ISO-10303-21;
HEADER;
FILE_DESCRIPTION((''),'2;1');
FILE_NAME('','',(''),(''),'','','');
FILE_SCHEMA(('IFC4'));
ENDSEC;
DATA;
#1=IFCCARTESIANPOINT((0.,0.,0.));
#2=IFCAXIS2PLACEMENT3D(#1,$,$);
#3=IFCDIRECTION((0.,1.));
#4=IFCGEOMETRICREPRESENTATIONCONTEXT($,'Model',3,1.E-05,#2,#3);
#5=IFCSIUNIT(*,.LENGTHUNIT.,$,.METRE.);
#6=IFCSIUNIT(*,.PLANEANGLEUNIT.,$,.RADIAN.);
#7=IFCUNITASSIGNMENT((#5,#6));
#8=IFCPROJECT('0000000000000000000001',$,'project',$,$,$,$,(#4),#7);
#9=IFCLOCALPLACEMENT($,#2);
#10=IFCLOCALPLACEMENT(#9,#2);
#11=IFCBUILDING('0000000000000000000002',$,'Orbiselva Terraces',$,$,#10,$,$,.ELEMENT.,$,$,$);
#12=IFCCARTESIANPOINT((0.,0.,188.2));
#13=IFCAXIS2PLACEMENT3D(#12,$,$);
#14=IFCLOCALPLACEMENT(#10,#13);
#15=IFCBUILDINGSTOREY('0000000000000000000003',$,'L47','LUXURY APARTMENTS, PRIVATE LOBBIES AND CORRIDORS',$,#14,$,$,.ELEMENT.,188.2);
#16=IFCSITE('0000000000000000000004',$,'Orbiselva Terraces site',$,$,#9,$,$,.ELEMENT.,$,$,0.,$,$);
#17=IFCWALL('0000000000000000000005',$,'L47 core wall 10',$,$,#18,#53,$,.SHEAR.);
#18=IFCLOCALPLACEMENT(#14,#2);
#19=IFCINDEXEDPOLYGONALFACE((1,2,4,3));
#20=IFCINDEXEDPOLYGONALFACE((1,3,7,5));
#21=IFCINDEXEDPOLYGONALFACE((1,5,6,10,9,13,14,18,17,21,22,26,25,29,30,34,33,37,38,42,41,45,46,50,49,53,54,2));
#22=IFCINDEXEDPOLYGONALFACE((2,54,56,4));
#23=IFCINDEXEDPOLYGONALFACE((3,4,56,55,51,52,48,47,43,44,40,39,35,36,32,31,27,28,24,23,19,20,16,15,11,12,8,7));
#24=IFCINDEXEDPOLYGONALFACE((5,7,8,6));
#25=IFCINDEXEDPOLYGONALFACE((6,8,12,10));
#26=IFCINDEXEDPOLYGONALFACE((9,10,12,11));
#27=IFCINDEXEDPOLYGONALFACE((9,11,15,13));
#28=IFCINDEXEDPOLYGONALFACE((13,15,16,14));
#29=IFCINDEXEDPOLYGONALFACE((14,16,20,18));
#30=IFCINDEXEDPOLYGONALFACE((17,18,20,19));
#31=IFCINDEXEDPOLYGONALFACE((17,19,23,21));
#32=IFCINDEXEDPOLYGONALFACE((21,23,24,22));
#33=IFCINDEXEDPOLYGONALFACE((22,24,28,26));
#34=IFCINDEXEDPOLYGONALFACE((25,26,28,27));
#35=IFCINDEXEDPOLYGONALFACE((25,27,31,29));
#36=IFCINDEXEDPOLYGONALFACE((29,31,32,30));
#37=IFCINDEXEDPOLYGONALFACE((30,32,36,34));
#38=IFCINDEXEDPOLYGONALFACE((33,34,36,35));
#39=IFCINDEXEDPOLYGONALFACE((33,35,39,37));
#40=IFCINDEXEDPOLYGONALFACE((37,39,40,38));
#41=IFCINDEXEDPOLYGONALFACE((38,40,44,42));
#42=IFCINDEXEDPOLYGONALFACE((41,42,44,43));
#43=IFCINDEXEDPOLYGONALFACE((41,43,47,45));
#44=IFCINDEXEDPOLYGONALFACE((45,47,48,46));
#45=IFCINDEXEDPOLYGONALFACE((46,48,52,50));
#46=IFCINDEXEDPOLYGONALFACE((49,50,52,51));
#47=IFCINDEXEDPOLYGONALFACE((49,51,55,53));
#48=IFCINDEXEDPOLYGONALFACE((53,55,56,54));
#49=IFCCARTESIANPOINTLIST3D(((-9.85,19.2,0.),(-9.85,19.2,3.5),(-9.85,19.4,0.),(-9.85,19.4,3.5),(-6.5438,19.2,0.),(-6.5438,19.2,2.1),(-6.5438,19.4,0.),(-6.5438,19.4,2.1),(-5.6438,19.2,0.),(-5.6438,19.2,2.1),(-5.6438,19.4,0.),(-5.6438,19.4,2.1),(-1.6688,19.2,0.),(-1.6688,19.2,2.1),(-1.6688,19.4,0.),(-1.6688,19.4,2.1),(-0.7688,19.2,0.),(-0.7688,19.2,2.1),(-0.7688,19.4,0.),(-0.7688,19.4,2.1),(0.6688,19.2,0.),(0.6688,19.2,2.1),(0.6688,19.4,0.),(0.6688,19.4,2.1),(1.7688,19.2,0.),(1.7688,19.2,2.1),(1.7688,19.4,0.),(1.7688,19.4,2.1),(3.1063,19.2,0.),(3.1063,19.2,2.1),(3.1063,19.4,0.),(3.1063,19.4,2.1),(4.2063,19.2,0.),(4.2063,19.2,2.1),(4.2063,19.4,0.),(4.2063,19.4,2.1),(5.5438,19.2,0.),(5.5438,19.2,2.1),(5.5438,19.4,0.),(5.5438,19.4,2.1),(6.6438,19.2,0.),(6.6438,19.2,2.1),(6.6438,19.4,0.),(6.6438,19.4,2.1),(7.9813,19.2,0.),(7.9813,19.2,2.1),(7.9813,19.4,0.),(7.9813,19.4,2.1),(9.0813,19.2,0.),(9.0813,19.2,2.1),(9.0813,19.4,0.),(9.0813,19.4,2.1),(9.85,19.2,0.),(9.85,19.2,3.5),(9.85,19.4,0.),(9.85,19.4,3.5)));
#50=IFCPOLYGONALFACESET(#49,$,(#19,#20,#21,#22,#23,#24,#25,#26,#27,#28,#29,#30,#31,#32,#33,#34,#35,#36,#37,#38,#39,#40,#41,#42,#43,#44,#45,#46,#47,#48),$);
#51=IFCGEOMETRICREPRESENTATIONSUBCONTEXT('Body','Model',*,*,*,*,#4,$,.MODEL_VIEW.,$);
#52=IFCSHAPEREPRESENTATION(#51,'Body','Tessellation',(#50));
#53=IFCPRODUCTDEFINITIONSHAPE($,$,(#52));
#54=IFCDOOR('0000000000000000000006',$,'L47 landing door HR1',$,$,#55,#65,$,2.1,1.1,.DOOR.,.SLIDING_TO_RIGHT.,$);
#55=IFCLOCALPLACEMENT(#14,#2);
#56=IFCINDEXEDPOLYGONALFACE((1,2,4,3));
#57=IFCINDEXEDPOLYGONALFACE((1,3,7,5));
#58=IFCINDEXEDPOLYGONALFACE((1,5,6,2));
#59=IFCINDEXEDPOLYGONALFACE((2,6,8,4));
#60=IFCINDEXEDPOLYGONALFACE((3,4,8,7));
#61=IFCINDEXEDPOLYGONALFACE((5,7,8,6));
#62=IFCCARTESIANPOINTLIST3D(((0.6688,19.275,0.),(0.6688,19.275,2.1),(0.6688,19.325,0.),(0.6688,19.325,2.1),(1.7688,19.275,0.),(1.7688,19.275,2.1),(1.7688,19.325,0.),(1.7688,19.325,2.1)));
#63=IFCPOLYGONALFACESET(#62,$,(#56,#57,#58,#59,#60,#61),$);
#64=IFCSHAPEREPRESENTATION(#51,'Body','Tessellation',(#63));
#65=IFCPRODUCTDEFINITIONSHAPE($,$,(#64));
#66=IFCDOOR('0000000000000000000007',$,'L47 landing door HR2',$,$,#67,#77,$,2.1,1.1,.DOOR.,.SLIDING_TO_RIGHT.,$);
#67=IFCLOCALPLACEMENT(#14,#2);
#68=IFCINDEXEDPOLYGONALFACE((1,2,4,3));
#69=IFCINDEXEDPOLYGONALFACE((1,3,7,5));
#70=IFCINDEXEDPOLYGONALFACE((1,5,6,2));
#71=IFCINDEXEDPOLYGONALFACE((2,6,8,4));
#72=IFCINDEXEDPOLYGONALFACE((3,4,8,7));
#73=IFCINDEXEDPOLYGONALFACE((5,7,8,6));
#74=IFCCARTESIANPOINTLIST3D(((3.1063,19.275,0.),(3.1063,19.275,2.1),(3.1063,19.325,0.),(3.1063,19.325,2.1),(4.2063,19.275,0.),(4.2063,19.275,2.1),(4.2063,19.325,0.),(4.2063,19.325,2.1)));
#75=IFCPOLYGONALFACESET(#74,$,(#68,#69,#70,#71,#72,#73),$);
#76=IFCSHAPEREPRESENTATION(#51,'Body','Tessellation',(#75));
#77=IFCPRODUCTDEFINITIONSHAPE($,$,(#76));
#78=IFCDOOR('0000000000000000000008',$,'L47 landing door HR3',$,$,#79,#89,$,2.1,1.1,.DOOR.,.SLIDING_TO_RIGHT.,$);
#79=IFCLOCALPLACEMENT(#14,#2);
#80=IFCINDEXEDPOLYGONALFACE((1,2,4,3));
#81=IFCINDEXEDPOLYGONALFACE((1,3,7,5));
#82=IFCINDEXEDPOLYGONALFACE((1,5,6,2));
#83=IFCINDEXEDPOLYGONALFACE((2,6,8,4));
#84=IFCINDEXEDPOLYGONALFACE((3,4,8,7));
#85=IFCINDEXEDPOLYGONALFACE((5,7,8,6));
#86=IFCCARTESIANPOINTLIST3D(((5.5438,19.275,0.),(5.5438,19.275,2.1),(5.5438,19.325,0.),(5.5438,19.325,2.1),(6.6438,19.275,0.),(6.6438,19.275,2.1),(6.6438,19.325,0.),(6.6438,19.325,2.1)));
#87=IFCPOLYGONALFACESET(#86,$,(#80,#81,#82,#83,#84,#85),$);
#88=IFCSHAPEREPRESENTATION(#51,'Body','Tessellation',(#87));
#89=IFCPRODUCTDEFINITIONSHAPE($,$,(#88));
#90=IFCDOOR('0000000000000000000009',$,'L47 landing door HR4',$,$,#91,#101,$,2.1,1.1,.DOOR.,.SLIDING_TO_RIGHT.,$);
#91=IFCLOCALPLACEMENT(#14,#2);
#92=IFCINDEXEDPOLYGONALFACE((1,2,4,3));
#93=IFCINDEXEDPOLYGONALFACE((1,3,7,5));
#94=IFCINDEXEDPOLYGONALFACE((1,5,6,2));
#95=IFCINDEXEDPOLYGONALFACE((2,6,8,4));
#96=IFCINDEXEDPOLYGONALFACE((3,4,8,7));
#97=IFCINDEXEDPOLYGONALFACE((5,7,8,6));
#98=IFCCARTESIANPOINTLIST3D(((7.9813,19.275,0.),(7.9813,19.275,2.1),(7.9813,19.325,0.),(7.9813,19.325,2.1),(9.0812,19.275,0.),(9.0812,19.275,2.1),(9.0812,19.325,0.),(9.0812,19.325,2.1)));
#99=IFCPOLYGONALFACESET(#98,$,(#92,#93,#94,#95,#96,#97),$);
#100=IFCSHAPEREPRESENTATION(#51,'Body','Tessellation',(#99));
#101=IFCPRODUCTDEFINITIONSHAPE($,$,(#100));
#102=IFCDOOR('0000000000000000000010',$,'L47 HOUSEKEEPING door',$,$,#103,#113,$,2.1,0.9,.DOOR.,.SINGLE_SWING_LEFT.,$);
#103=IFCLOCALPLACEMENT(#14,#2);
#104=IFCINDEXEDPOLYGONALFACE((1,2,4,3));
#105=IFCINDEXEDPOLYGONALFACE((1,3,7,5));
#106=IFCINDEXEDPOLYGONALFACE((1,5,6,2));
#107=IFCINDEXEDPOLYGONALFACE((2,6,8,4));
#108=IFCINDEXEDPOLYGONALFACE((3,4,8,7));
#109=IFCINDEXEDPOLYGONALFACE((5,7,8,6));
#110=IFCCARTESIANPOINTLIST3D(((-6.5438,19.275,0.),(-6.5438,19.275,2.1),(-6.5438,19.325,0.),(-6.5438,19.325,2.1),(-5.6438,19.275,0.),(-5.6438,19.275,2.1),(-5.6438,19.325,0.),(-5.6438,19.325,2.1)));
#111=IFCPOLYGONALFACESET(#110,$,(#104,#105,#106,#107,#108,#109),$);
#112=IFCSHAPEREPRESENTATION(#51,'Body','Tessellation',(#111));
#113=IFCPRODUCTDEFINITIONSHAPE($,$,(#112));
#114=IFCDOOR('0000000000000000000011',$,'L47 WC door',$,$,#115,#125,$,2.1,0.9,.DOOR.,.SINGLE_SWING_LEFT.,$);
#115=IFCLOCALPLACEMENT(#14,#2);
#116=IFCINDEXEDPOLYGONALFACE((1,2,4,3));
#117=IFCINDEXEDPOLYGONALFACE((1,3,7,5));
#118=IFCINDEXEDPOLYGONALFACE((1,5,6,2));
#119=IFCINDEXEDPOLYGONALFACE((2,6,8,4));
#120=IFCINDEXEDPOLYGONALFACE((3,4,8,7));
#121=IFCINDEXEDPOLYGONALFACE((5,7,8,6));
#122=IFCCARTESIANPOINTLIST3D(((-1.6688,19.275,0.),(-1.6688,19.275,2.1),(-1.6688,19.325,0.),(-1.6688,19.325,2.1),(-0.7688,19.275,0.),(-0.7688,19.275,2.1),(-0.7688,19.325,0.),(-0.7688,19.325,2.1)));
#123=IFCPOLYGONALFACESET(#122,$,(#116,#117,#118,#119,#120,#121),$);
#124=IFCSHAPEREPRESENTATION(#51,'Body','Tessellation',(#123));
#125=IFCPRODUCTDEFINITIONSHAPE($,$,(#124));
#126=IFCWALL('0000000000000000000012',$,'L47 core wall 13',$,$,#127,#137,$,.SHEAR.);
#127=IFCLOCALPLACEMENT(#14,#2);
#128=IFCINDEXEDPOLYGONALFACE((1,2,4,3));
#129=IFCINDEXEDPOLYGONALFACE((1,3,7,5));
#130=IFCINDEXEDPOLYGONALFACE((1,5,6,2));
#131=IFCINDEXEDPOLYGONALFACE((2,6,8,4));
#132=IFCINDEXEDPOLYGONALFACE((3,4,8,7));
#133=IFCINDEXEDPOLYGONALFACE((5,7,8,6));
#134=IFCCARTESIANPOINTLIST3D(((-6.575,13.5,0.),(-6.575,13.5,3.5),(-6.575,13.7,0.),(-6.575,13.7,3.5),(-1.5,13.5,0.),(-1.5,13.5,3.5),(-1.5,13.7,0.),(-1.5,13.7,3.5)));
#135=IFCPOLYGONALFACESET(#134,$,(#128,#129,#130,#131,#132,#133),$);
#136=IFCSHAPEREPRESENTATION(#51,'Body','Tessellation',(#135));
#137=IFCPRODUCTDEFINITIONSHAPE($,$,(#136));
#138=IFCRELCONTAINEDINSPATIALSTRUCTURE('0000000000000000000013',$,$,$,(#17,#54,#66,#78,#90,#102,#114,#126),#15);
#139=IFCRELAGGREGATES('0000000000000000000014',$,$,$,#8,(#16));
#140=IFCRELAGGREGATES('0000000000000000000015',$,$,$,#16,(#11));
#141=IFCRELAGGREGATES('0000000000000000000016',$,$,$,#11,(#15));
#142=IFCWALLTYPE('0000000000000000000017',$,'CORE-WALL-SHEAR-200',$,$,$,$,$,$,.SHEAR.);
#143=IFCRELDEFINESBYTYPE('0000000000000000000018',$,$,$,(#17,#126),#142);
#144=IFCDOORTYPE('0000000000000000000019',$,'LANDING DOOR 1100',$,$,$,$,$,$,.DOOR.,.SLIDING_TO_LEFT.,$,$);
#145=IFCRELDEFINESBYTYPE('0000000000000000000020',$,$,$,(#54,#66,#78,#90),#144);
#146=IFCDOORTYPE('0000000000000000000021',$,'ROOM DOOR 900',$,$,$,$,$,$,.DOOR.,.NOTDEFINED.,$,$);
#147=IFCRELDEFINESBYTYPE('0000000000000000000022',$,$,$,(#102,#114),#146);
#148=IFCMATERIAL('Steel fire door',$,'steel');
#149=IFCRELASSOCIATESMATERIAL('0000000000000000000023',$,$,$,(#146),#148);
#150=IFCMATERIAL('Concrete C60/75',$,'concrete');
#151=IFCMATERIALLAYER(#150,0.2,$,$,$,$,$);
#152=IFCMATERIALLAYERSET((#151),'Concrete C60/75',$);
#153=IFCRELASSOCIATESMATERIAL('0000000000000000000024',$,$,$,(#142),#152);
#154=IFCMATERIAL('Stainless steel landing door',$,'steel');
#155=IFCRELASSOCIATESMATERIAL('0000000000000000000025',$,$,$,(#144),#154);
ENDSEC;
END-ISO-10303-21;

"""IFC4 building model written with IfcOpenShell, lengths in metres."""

from ifc_helpers import new_model, si_unit, direction, frame, frame_2d, origin, place, context, subcontext, project, spatial, rectangle, extrude, material, layer, layer_set, type_object, element, fill, save


model = new_model("IFC4")

# Units and contexts
model_context = context("Model", 3, precision=1e-05, world=origin(), true_north=direction((0.0, 1.0)))
body_context = subcontext(model_context, "Body", "Model", "MODEL_VIEW")
ifc_project = project(units=[si_unit("LENGTHUNIT", "METRE"), si_unit("PLANEANGLEUNIT", "RADIAN")], contexts=[model_context])

# Site, building, storey
site_placement = place(None, origin())
site = spatial("IfcSite", under=ifc_project, at=site_placement, Name="Orbiselva Terraces site", CompositionType="ELEMENT", RefElevation=0.0)
building_placement = place(site_placement, origin())
building = spatial("IfcBuilding", under=site, at=building_placement, Name="Orbiselva Terraces", CompositionType="ELEMENT")
storey_placement = place(building_placement, frame((0.0, 0.0, 188.2)))
storey = spatial("IfcBuildingStorey", under=building, at=storey_placement, Name="L47", Description="LUXURY APARTMENTS, PRIVATE LOBBIES AND CORRIDORS", CompositionType="ELEMENT", Elevation=188.2)

# Shared definitions
ifc_material_1 = material(Name="Steel fire door", Category="steel")
door_type_1 = type_object("IfcDoorType", Name="ROOM DOOR 900", OperationType="NOTDEFINED", PredefinedType="DOOR", material=ifc_material_1)

# Shared definitions
ifc_material_2 = material(Name="Concrete C60/75", Category="concrete")
ifc_layer_1 = layer(ifc_material_2, 0.2)
ifc_layer_set_1 = layer_set([ifc_layer_1], Name="Concrete C60/75")
wall_type_1 = type_object("IfcWallType", Name="CORE-WALL-SHEAR-200", PredefinedType="SHEAR", material=ifc_layer_set_1)

# Wall, openings, doors
wall_1_placement = place(storey_placement, frame((-9.85, 19.3, 0.0), z_axis=(0.0, 0.0, 1.0), x_axis=(1.0, 0.0, 0.0)))
wall_1 = element("IfcWall", 1, at=wall_1_placement, inside=storey, type_object=wall_type_1, Name="L47 core wall 10", PredefinedType="SHEAR", context=body_context, shape_type="SweptSolid", body=[
    extrude(rectangle(XDim=19.7, YDim=0.2, at=frame_2d((9.85, 0.0))), origin(), (0.0, 0.0, 1.0), 3.5),
])
opening_1_placement = place(wall_1_placement, frame((10.5188, 0.0, 0.0)))
opening_1 = element("IfcOpeningElement", 2, at=opening_1_placement, cuts=wall_1, PredefinedType="OPENING", context=body_context, shape_type="SweptSolid", body=[
    extrude(rectangle(XDim=1.1, YDim=2.1, at=frame_2d((0.55, 1.05))), frame((0.0, 0.11, 0.0), z_axis=(0.0, -1.0, 0.0), x_axis=(1.0, 0.0, 0.0)), (0.0, 0.0, 1.0), 0.22),
])
opening_2_placement = place(wall_1_placement, frame((12.9563, 0.0, 0.0)))
opening_2 = element("IfcOpeningElement", 3, at=opening_2_placement, cuts=wall_1, PredefinedType="OPENING", context=body_context, shape_type="SweptSolid", body=[
    extrude(rectangle(XDim=1.1, YDim=2.1, at=frame_2d((0.55, 1.05))), frame((0.0, 0.11, 0.0), z_axis=(0.0, -1.0, 0.0), x_axis=(1.0, 0.0, 0.0)), (0.0, 0.0, 1.0), 0.22),
])
opening_3_placement = place(wall_1_placement, frame((15.3938, 0.0, 0.0)))
opening_3 = element("IfcOpeningElement", 4, at=opening_3_placement, cuts=wall_1, PredefinedType="OPENING", context=body_context, shape_type="SweptSolid", body=[
    extrude(rectangle(XDim=1.1, YDim=2.1, at=frame_2d((0.55, 1.05))), frame((0.0, 0.11, 0.0), z_axis=(0.0, -1.0, 0.0), x_axis=(1.0, 0.0, 0.0)), (0.0, 0.0, 1.0), 0.22),
])
opening_4_placement = place(wall_1_placement, frame((17.8313, 0.0, 0.0)))
opening_4 = element("IfcOpeningElement", 5, at=opening_4_placement, cuts=wall_1, PredefinedType="OPENING", context=body_context, shape_type="SweptSolid", body=[
    extrude(rectangle(XDim=1.1, YDim=2.1, at=frame_2d((0.55, 1.05))), frame((0.0, 0.11, 0.0), z_axis=(0.0, -1.0, 0.0), x_axis=(1.0, 0.0, 0.0)), (0.0, 0.0, 1.0), 0.22),
])
opening_5_placement = place(wall_1_placement, frame((3.3062, 0.0, 0.0)))
opening_5 = element("IfcOpeningElement", 6, at=opening_5_placement, cuts=wall_1, PredefinedType="OPENING", context=body_context, shape_type="SweptSolid", body=[
    extrude(rectangle(XDim=0.9, YDim=2.1, at=frame_2d((0.45, 1.05))), frame((0.0, 0.11, 0.0), z_axis=(0.0, -1.0, 0.0), x_axis=(1.0, 0.0, 0.0)), (0.0, 0.0, 1.0), 0.22),
])
opening_6_placement = place(wall_1_placement, frame((8.1812, 0.0, 0.0)))
opening_6 = element("IfcOpeningElement", 7, at=opening_6_placement, cuts=wall_1, PredefinedType="OPENING", context=body_context, shape_type="SweptSolid", body=[
    extrude(rectangle(XDim=0.9, YDim=2.1, at=frame_2d((0.45, 1.05))), frame((0.0, 0.11, 0.0), z_axis=(0.0, -1.0, 0.0), x_axis=(1.0, 0.0, 0.0)), (0.0, 0.0, 1.0), 0.22),
])
ifc_material_3 = material(Name="Stainless steel landing door", Category="steel")
door_type_2 = type_object("IfcDoorType", Name="LANDING DOOR 1100", OperationType="SLIDING_TO_LEFT", PredefinedType="DOOR", material=ifc_material_3)
door_1_placement = place(opening_1_placement, origin())
door_1 = element("IfcDoor", 8, at=door_1_placement, inside=storey, type_object=door_type_2, Name="L47 landing door HR1", OperationType="SLIDING_TO_RIGHT", OverallHeight=2.1, OverallWidth=1.1, PredefinedType="DOOR", context=body_context, shape_type="SweptSolid", body=[
    extrude(rectangle(XDim=1.1, YDim=2.1, at=frame_2d((0.55, 1.05))), frame((0.0, 0.025, 0.0), z_axis=(0.0, -1.0, 0.0), x_axis=(1.0, 0.0, 0.0)), (0.0, 0.0, 1.0), 0.05),
])
fill(opening_1, door_1)
door_2_placement = place(opening_2_placement, origin())
door_2 = element("IfcDoor", 9, at=door_2_placement, inside=storey, type_object=door_type_2, Name="L47 landing door HR2", OperationType="SLIDING_TO_RIGHT", OverallHeight=2.1, OverallWidth=1.1, PredefinedType="DOOR", context=body_context, shape_type="SweptSolid", body=[
    extrude(rectangle(XDim=1.1, YDim=2.1, at=frame_2d((0.55, 1.05))), frame((0.0, 0.025, 0.0), z_axis=(0.0, -1.0, 0.0), x_axis=(1.0, 0.0, 0.0)), (0.0, 0.0, 1.0), 0.05),
])
fill(opening_2, door_2)
door_3_placement = place(opening_3_placement, origin())
door_3 = element("IfcDoor", 10, at=door_3_placement, inside=storey, type_object=door_type_2, Name="L47 landing door HR3", OperationType="SLIDING_TO_RIGHT", OverallHeight=2.1, OverallWidth=1.1, PredefinedType="DOOR", context=body_context, shape_type="SweptSolid", body=[
    extrude(rectangle(XDim=1.1, YDim=2.1, at=frame_2d((0.55, 1.05))), frame((0.0, 0.025, 0.0), z_axis=(0.0, -1.0, 0.0), x_axis=(1.0, 0.0, 0.0)), (0.0, 0.0, 1.0), 0.05),
])
fill(opening_3, door_3)
door_4_placement = place(opening_4_placement, origin())
door_4 = element("IfcDoor", 11, at=door_4_placement, inside=storey, type_object=door_type_2, Name="L47 landing door HR4", OperationType="SLIDING_TO_RIGHT", OverallHeight=2.1, OverallWidth=1.1, PredefinedType="DOOR", context=body_context, shape_type="SweptSolid", body=[
    extrude(rectangle(XDim=1.1, YDim=2.1, at=frame_2d((0.55, 1.05))), frame((0.0, 0.025, 0.0), z_axis=(0.0, -1.0, 0.0), x_axis=(1.0, 0.0, 0.0)), (0.0, 0.0, 1.0), 0.05),
])
fill(opening_4, door_4)
door_5_placement = place(opening_5_placement, origin())
door_5 = element("IfcDoor", 12, at=door_5_placement, inside=storey, type_object=door_type_1, Name="L47 HOUSEKEEPING door", OperationType="SINGLE_SWING_LEFT", OverallHeight=2.1, OverallWidth=0.9, PredefinedType="DOOR", context=body_context, shape_type="SweptSolid", body=[
    extrude(rectangle(XDim=0.9, YDim=2.1, at=frame_2d((0.45, 1.05))), frame((0.0, 0.025, 0.0), z_axis=(0.0, -1.0, 0.0), x_axis=(1.0, 0.0, 0.0)), (0.0, 0.0, 1.0), 0.05),
])
fill(opening_5, door_5)
door_6_placement = place(opening_6_placement, origin())
door_6 = element("IfcDoor", 13, at=door_6_placement, inside=storey, type_object=door_type_1, Name="L47 WC door", OperationType="SINGLE_SWING_LEFT", OverallHeight=2.1, OverallWidth=0.9, PredefinedType="DOOR", context=body_context, shape_type="SweptSolid", body=[
    extrude(rectangle(XDim=0.9, YDim=2.1, at=frame_2d((0.45, 1.05))), frame((0.0, 0.025, 0.0), z_axis=(0.0, -1.0, 0.0), x_axis=(1.0, 0.0, 0.0)), (0.0, 0.0, 1.0), 0.05),
])
fill(opening_6, door_6)

# Wall
wall_2_placement = place(storey_placement, frame((-6.575, 13.6, 0.0), z_axis=(0.0, 0.0, 1.0), x_axis=(1.0, 0.0, 0.0)))
element("IfcWall", 14, at=wall_2_placement, inside=storey, type_object=wall_type_1, Name="L47 core wall 13", PredefinedType="SHEAR", context=body_context, shape_type="SweptSolid", body=[
    extrude(rectangle(XDim=5.075, YDim=0.2, at=frame_2d((2.5375, 0.0))), origin(), (0.0, 0.0, 1.0), 3.5),
])

save(model, "model.ifc")
